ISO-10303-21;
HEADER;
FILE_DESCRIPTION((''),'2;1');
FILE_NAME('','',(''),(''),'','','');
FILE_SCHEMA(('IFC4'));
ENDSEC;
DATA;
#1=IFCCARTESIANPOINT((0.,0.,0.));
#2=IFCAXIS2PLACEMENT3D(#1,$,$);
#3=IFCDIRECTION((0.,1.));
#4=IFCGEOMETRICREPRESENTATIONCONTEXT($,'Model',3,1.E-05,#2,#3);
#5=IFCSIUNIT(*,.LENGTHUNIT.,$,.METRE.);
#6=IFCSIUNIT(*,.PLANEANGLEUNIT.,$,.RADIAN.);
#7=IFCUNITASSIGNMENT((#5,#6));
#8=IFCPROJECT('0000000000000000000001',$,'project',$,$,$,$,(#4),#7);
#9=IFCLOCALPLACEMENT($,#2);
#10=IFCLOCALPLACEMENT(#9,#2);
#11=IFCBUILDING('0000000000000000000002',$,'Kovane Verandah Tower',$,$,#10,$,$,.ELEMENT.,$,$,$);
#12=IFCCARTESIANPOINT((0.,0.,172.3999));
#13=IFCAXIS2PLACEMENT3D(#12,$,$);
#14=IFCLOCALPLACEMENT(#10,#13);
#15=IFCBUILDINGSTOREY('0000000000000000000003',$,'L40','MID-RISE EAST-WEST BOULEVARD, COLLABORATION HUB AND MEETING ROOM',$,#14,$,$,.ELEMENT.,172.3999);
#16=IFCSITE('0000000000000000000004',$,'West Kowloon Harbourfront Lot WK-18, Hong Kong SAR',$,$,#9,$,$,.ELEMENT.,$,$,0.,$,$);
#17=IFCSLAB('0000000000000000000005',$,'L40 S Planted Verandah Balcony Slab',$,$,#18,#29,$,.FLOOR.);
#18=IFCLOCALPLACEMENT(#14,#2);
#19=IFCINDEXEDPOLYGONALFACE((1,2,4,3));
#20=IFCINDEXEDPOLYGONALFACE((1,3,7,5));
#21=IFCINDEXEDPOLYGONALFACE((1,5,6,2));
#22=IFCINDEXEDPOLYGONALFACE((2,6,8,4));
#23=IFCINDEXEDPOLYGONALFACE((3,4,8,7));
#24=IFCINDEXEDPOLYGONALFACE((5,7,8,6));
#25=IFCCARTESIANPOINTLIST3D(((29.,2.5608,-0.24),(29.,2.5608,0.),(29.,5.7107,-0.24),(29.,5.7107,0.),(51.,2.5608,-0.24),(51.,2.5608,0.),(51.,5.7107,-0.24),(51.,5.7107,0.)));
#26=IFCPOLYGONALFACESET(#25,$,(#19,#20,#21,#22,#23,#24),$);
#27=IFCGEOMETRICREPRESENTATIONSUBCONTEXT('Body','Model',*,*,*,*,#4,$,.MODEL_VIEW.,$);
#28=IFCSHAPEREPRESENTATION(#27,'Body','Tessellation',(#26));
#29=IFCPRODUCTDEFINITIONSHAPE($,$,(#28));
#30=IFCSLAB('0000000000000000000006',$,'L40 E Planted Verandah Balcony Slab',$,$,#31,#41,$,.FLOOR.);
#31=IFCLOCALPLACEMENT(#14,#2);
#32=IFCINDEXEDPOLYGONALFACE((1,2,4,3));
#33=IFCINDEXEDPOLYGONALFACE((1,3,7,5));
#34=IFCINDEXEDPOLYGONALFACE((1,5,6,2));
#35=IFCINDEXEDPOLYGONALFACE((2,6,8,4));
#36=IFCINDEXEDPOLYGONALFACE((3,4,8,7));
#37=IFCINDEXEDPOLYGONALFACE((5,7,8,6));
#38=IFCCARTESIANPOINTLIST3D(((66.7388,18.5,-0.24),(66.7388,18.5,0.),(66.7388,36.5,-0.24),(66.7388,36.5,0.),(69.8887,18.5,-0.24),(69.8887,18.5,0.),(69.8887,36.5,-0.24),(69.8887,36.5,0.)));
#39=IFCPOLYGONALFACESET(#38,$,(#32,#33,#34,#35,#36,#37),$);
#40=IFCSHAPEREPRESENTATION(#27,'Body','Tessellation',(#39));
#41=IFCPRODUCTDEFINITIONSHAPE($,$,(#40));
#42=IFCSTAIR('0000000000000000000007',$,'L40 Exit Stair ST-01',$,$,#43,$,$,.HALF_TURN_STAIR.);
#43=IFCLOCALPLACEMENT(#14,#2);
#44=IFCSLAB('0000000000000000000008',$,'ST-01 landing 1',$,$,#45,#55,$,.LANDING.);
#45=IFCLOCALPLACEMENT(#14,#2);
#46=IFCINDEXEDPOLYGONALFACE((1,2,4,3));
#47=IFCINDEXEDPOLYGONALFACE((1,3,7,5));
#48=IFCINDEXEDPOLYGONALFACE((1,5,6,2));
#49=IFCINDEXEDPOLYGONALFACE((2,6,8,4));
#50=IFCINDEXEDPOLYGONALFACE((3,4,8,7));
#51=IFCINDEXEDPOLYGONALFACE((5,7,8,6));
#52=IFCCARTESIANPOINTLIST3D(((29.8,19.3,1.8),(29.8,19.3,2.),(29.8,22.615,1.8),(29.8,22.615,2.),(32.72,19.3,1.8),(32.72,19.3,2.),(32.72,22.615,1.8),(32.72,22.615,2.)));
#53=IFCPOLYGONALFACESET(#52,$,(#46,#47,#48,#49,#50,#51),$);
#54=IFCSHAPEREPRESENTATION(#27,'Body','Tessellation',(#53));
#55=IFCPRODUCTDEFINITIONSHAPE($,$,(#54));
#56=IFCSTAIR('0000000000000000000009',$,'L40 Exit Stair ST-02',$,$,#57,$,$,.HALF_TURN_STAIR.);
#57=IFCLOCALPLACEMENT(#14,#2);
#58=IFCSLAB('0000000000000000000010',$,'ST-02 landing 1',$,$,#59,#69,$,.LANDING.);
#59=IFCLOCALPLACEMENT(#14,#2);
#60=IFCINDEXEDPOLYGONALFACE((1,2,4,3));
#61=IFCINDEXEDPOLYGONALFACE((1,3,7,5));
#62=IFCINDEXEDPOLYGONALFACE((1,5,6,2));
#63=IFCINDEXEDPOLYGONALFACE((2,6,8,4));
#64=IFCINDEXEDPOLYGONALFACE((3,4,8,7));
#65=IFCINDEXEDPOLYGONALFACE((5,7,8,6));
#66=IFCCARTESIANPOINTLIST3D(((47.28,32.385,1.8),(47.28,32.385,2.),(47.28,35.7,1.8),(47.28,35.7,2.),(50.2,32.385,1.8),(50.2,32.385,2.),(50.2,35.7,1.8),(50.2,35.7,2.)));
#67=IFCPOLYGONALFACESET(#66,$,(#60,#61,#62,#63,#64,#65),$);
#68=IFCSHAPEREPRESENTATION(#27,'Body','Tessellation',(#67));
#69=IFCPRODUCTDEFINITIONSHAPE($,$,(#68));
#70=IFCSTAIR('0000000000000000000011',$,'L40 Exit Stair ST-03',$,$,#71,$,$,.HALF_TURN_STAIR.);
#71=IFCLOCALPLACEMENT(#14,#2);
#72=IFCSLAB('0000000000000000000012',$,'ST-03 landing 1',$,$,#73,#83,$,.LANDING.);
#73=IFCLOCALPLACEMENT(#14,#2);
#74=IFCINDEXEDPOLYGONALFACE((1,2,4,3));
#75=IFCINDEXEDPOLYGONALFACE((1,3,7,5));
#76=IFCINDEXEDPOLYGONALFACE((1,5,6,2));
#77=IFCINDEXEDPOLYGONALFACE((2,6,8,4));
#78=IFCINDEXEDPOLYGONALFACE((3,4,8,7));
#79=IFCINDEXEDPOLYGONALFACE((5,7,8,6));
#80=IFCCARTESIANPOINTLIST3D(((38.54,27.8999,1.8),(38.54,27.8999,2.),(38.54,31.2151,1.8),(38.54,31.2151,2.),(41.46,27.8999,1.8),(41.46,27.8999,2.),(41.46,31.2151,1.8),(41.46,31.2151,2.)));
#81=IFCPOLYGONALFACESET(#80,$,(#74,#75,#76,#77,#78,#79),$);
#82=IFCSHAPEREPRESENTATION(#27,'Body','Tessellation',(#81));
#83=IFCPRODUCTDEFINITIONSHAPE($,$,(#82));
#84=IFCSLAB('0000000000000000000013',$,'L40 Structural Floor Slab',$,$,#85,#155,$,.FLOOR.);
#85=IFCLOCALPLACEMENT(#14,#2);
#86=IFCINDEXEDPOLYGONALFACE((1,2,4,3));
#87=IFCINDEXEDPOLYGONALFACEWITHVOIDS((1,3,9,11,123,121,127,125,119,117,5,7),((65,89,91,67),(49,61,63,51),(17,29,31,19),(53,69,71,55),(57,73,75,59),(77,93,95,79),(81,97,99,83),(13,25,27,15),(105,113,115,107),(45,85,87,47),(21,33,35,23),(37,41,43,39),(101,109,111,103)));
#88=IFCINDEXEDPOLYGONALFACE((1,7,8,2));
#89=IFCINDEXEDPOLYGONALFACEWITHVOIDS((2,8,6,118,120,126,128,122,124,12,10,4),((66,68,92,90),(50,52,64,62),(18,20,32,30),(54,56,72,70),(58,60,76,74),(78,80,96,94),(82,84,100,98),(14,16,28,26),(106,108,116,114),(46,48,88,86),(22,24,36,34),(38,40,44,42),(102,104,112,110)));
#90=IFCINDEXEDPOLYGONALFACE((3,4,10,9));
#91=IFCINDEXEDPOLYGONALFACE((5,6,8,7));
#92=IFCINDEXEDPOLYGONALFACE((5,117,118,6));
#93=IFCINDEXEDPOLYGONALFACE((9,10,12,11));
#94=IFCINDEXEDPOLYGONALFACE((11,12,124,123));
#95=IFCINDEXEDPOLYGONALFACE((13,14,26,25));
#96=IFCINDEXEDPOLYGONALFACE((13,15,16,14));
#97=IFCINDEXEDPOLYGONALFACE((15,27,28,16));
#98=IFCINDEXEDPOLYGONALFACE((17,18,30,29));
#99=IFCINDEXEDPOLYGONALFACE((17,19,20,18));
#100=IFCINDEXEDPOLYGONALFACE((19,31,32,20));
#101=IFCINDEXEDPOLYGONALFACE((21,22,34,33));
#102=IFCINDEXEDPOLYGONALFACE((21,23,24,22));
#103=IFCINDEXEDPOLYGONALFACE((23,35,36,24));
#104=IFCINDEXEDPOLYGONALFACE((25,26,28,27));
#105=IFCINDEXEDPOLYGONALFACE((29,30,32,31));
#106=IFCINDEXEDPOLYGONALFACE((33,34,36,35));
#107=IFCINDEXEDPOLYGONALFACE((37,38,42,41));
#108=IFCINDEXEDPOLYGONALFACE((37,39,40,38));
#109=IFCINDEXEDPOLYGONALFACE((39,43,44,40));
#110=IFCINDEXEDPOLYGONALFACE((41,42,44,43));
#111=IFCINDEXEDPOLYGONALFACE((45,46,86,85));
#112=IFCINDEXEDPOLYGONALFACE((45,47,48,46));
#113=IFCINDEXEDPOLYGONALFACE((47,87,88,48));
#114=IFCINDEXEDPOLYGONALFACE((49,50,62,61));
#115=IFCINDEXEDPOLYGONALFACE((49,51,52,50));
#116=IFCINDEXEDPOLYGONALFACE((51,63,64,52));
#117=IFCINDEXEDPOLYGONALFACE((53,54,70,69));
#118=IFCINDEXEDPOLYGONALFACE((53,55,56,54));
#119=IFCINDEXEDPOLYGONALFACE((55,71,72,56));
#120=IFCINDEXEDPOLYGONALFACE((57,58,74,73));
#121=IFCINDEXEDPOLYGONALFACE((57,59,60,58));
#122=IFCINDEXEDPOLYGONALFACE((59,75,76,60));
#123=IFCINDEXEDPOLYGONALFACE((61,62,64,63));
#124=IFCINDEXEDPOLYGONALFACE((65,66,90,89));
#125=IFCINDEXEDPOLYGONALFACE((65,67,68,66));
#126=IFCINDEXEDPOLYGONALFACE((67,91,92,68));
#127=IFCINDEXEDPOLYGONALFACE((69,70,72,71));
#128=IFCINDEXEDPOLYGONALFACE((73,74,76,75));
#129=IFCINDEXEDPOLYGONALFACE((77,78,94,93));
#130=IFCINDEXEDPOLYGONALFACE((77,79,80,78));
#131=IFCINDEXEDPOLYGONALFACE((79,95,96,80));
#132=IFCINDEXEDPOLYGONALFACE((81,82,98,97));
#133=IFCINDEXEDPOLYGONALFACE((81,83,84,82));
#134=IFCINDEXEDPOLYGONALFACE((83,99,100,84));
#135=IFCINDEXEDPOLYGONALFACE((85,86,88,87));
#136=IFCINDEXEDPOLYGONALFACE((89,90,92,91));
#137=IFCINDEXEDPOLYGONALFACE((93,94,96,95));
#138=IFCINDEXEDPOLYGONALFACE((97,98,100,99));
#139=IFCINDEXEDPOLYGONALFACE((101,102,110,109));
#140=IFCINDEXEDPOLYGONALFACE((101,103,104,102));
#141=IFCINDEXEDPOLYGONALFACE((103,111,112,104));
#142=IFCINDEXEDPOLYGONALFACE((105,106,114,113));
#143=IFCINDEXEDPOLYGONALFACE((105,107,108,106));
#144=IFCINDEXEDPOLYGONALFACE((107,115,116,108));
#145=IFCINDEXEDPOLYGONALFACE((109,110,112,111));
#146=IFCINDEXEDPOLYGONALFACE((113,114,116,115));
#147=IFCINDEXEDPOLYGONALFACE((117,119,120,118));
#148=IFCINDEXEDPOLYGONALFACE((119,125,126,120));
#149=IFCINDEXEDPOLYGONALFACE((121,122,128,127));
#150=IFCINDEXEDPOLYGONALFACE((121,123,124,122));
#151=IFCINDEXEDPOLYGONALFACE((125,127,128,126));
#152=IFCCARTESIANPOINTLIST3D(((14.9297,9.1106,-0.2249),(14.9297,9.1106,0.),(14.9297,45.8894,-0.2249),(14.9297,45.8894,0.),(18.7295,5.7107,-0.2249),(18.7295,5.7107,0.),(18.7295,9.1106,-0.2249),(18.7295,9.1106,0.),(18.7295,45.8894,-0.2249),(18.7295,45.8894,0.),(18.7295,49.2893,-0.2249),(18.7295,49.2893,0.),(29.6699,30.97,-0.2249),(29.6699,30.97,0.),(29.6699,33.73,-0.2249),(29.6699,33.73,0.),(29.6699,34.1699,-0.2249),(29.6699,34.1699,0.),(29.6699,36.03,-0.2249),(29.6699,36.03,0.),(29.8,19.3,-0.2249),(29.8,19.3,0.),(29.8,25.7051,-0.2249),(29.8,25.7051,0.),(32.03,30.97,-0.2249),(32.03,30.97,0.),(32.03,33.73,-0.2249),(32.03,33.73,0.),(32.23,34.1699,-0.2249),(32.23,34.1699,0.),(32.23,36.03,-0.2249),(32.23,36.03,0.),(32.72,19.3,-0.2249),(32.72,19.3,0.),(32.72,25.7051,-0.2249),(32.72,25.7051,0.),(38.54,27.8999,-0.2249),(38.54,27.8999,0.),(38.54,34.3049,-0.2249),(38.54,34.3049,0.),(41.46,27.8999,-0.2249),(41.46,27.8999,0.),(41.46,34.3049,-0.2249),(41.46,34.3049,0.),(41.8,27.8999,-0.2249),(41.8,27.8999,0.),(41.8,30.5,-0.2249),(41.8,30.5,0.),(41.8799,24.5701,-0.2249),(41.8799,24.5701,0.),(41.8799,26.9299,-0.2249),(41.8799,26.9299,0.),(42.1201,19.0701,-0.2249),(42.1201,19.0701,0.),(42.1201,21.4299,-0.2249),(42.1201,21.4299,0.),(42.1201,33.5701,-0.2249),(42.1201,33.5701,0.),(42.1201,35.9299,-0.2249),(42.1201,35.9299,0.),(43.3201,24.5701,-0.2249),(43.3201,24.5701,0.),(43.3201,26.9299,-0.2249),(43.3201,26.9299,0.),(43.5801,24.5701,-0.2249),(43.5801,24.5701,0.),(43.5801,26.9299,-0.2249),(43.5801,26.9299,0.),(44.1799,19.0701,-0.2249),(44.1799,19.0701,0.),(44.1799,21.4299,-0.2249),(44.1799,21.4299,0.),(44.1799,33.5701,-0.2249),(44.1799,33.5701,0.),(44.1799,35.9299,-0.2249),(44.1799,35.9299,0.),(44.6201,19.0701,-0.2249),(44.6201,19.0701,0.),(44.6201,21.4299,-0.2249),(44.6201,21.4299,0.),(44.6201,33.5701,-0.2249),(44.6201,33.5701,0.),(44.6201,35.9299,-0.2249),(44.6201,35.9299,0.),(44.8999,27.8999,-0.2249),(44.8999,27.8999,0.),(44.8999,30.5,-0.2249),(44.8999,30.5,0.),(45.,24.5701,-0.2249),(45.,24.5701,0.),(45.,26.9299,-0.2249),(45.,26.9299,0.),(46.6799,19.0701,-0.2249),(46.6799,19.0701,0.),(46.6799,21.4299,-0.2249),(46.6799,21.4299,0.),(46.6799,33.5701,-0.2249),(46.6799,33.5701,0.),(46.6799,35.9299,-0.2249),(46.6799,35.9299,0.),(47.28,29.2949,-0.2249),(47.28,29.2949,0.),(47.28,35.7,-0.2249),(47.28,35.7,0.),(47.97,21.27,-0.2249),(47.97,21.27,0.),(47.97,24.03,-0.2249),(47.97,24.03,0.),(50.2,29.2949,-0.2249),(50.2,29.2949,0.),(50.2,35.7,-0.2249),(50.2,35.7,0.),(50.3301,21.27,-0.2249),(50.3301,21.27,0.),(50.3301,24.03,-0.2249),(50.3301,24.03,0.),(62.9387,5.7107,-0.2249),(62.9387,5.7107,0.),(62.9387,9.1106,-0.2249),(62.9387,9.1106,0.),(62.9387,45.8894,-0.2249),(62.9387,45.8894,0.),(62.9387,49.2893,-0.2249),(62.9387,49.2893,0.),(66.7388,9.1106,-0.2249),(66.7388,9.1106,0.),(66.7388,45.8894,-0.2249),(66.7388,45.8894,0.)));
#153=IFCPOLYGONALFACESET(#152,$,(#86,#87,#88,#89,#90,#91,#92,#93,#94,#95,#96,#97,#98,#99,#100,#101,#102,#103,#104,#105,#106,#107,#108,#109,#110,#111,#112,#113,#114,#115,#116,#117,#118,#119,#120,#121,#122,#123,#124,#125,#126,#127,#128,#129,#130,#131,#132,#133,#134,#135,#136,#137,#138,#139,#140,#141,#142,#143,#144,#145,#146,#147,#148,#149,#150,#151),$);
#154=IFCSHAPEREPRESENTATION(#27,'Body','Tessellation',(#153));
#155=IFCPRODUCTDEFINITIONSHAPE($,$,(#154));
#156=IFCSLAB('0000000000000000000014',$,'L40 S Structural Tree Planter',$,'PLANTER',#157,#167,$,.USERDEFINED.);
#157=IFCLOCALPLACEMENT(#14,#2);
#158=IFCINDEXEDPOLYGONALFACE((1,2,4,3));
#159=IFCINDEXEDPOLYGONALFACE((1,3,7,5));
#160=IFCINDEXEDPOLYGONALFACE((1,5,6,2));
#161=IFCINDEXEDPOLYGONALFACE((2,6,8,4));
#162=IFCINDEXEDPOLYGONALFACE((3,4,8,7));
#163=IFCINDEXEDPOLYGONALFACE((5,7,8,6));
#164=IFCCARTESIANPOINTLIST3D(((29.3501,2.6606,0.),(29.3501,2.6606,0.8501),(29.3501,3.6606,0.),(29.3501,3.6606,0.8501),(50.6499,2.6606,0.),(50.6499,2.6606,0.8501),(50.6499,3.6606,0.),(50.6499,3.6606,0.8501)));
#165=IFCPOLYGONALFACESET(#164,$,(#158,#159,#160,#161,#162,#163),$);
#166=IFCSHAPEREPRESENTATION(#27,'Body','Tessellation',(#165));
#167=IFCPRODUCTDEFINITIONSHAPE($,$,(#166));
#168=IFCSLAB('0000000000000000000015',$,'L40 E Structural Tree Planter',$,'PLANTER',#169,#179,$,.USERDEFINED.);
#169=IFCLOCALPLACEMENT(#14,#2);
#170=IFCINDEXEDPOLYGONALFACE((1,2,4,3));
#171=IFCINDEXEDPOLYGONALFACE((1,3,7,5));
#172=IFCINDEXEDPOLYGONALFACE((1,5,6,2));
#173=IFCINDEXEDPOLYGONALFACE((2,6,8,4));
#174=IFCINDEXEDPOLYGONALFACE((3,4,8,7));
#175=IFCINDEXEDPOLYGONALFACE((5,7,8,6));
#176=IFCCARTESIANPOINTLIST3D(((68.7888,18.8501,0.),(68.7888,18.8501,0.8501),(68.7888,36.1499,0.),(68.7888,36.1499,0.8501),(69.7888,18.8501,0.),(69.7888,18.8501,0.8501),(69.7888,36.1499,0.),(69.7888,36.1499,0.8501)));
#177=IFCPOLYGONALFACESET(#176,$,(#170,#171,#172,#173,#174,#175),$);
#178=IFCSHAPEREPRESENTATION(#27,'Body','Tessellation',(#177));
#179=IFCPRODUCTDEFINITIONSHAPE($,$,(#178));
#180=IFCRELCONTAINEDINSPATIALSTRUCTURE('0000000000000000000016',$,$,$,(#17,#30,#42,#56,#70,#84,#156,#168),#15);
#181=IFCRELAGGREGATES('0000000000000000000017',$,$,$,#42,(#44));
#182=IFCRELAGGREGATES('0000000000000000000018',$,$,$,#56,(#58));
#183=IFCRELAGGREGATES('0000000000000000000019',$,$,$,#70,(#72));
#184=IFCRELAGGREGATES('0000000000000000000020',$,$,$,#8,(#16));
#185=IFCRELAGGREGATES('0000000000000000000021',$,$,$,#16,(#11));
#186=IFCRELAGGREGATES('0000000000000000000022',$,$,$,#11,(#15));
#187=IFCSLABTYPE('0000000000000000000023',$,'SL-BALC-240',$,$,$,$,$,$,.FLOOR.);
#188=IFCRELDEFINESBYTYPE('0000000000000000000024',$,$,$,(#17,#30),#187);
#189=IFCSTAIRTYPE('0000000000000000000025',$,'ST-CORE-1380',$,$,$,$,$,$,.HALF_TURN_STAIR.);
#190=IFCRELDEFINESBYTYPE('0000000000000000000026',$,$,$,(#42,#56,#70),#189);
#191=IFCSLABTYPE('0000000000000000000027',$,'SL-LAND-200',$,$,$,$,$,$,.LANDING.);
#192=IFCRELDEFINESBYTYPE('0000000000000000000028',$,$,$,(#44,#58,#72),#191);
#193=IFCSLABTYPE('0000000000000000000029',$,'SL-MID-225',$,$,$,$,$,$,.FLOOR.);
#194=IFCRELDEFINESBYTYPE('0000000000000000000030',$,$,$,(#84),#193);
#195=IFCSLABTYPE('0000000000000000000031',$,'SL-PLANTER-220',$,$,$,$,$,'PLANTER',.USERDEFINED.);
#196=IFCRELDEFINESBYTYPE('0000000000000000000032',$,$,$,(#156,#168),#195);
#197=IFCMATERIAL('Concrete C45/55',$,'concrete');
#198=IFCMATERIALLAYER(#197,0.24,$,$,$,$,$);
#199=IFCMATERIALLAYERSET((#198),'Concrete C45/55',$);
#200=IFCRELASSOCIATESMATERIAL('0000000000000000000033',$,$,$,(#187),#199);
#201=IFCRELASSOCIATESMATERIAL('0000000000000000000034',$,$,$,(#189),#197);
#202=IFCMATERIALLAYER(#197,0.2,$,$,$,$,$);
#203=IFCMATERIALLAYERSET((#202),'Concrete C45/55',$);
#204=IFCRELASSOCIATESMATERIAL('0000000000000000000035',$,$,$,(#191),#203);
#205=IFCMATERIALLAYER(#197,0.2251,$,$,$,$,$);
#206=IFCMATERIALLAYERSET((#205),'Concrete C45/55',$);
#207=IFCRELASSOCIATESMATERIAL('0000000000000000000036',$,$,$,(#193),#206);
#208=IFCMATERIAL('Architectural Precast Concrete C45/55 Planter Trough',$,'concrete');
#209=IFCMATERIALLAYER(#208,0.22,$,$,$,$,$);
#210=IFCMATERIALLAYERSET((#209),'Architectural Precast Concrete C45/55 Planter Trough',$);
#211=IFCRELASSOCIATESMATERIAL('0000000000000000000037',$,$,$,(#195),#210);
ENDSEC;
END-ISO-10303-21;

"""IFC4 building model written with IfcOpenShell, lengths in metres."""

from ifc_helpers import new_model, si_unit, direction, frame, origin, place, context, subcontext, project, spatial, polyline, outline, extrude, material, layer, layer_set, type_object, element, aggregate, save


model = new_model("IFC4")

# Units and contexts
model_context = context("Model", 3, precision=1e-05, world=origin(), true_north=direction((0.0, 1.0)))
body_context = subcontext(model_context, "Body", "Model", "MODEL_VIEW")
ifc_project = project(units=[si_unit("LENGTHUNIT", "METRE"), si_unit("PLANEANGLEUNIT", "RADIAN")], contexts=[model_context])

# Site, building, storey
site_placement = place(None, origin())
site = spatial("IfcSite", under=ifc_project, at=site_placement, Name="West Kowloon Harbourfront Lot WK-18, Hong Kong SAR", CompositionType="ELEMENT", RefElevation=0.0)
building_placement = place(site_placement, origin())
building = spatial("IfcBuilding", under=site, at=building_placement, Name="Kovane Verandah Tower", CompositionType="ELEMENT")
storey_placement = place(building_placement, frame((0.0, 0.0, 172.3999)))
storey = spatial("IfcBuildingStorey", under=building, at=storey_placement, Name="L40", Description="MID-RISE EAST-WEST BOULEVARD, COLLABORATION HUB AND MEETING ROOM", CompositionType="ELEMENT", Elevation=172.3999)

# Slabs
ifc_material_1 = material(Name="Concrete C45/55", Category="concrete")
ifc_layer_1 = layer(ifc_material_1, 0.24)
ifc_layer_set_1 = layer_set([ifc_layer_1], Name="Concrete C45/55")
slab_type_1 = type_object("IfcSlabType", Name="SL-BALC-240", PredefinedType="FLOOR", material=ifc_layer_set_1)
slab_1_placement = place(storey_placement, frame((0.0, 0.0, -0.24)))
element("IfcSlab", 1, at=slab_1_placement, inside=storey, type_object=slab_type_1, Name="L40 S Planted Verandah Balcony Slab", PredefinedType="FLOOR", context=body_context, shape_type="SweptSolid", body=[
    extrude(outline(polyline([(29.0, 2.5608), (51.0, 2.5608), (51.0, 5.7107), (29.0, 5.7107), (29.0, 2.5608)])), origin(), (0.0, 0.0, 1.0), 0.24),
])
slab_2_placement = place(storey_placement, frame((0.0, 0.0, -0.24)))
element("IfcSlab", 2, at=slab_2_placement, inside=storey, type_object=slab_type_1, Name="L40 E Planted Verandah Balcony Slab", PredefinedType="FLOOR", context=body_context, shape_type="SweptSolid", body=[
    extrude(outline(polyline([(66.7388, 18.5), (69.8887, 18.5), (69.8887, 36.5), (66.7388, 36.5), (66.7388, 18.5)])), origin(), (0.0, 0.0, 1.0), 0.24),
])

# Stairs, slabs
stair_type = type_object("IfcStairType", Name="ST-CORE-1380", PredefinedType="HALF_TURN_STAIR", material=ifc_material_1)
stair_1_placement = place(storey_placement, origin())
stair_1 = element("IfcStair", 3, at=stair_1_placement, inside=storey, type_object=stair_type, Name="L40 Exit Stair ST-01", PredefinedType="HALF_TURN_STAIR")
ifc_layer_2 = layer(ifc_material_1, 0.2)
ifc_layer_set_2 = layer_set([ifc_layer_2], Name="Concrete C45/55")
slab_type_2 = type_object("IfcSlabType", Name="SL-LAND-200", PredefinedType="LANDING", material=ifc_layer_set_2)
slab_3_placement = place(storey_placement, frame((0.0, 0.0, 1.8)))
slab_3 = element("IfcSlab", 4, at=slab_3_placement, type_object=slab_type_2, Name="ST-01 landing 1", PredefinedType="LANDING", context=body_context, shape_type="SweptSolid", body=[
    extrude(outline(polyline([(29.8, 22.615), (29.8, 19.3), (32.72, 19.3), (32.72, 22.615), (29.8, 22.615)])), origin(), (0.0, 0.0, 1.0), 0.2),
])
aggregate(stair_1, [slab_3])
stair_2_placement = place(storey_placement, origin())
stair_2 = element("IfcStair", 5, at=stair_2_placement, inside=storey, type_object=stair_type, Name="L40 Exit Stair ST-02", PredefinedType="HALF_TURN_STAIR")
slab_4_placement = place(storey_placement, frame((0.0, 0.0, 1.8)))
slab_4 = element("IfcSlab", 6, at=slab_4_placement, type_object=slab_type_2, Name="ST-02 landing 1", PredefinedType="LANDING", context=body_context, shape_type="SweptSolid", body=[
    extrude(outline(polyline([(50.2, 32.385), (50.2, 35.7), (47.28, 35.7), (47.28, 32.385), (50.2, 32.385)])), origin(), (0.0, 0.0, 1.0), 0.2),
])
aggregate(stair_2, [slab_4])
stair_3_placement = place(storey_placement, origin())
stair_3 = element("IfcStair", 7, at=stair_3_placement, inside=storey, type_object=stair_type, Name="L40 Exit Stair ST-03", PredefinedType="HALF_TURN_STAIR")
slab_5_placement = place(storey_placement, frame((0.0, 0.0, 1.8)))
slab_5 = element("IfcSlab", 8, at=slab_5_placement, type_object=slab_type_2, Name="ST-03 landing 1", PredefinedType="LANDING", context=body_context, shape_type="SweptSolid", body=[
    extrude(outline(polyline([(38.54, 31.2151), (38.54, 27.8999), (41.46, 27.8999), (41.46, 31.2151), (38.54, 31.2151)])), origin(), (0.0, 0.0, 1.0), 0.2),
])
aggregate(stair_3, [slab_5])

# Slabs
ifc_layer_3 = layer(ifc_material_1, 0.2251)
ifc_layer_set_3 = layer_set([ifc_layer_3], Name="Concrete C45/55")
slab_type_3 = type_object("IfcSlabType", Name="SL-MID-225", PredefinedType="FLOOR", material=ifc_layer_set_3)
slab_6_placement = place(storey_placement, frame((0.0, 0.0, -0.2249)))
element("IfcSlab", 9, at=slab_6_placement, inside=storey, type_object=slab_type_3, Name="L40 Structural Floor Slab", PredefinedType="FLOOR", context=body_context, shape_type="SweptSolid", body=[
    extrude(outline(polyline([(18.7295, 5.7107), (62.9387, 5.7107), (62.9387, 9.1106), (66.7388, 9.1106), (66.7388, 45.8894), (62.9387, 45.8894), (62.9387, 49.2893), (18.7295, 49.2893), (18.7295, 45.8894), (14.9297, 45.8894), (14.9297, 9.1106), (18.7295, 9.1106), (18.7295, 5.7107)]), holes=[polyline([(29.8, 19.3), (32.72, 19.3), (32.72, 25.7051), (29.8, 25.7051), (29.8, 19.3)]), polyline([(47.28, 29.2949), (50.2, 29.2949), (50.2, 35.7), (47.28, 35.7), (47.28, 29.2949)]), polyline([(38.54, 27.8999), (41.46, 27.8999), (41.46, 34.3049), (38.54, 34.3049), (38.54, 27.8999)]), polyline([(29.6699, 30.97), (32.03, 30.97), (32.03, 33.73), (29.6699, 33.73), (29.6699, 30.97)]), polyline([(47.97, 21.27), (50.3301, 21.27), (50.3301, 24.03), (47.97, 24.03), (47.97, 21.27)]), polyline([(29.6699, 34.1699), (32.23, 34.1699), (32.23, 36.03), (29.6699, 36.03), (29.6699, 34.1699)]), polyline([(42.1201, 19.0701), (44.1799, 19.0701), (44.1799, 21.4299), (42.1201, 21.4299), (42.1201, 19.0701)]), polyline([(44.6201, 19.0701), (46.6799, 19.0701), (46.6799, 21.4299), (44.6201, 21.4299), (44.6201, 19.0701)]), polyline([(41.8799, 24.5701), (43.3201, 24.5701), (43.3201, 26.9299), (41.8799, 26.9299), (41.8799, 24.5701)]), polyline([(43.5801, 24.5701), (45.0, 24.5701), (45.0, 26.9299), (43.5801, 26.9299), (43.5801, 24.5701)]), polyline([(42.1201, 33.5701), (44.1799, 33.5701), (44.1799, 35.9299), (42.1201, 35.9299), (42.1201, 33.5701)]), polyline([(44.6201, 33.5701), (46.6799, 33.5701), (46.6799, 35.9299), (44.6201, 35.9299), (44.6201, 33.5701)]), polyline([(41.8, 27.8999), (44.8999, 27.8999), (44.8999, 30.5), (41.8, 30.5), (41.8, 27.8999)])]), origin(), (0.0, 0.0, 1.0), 0.2249),
])
ifc_material_2 = material(Name="Architectural Precast Concrete C45/55 Planter Trough", Category="concrete")
ifc_layer_4 = layer(ifc_material_2, 0.22)
ifc_layer_set_4 = layer_set([ifc_layer_4], Name="Architectural Precast Concrete C45/55 Planter Trough")
slab_type_4 = type_object("IfcSlabType", Name="SL-PLANTER-220", ElementType="PLANTER", PredefinedType="USERDEFINED", material=ifc_layer_set_4)
slab_7_placement = place(storey_placement, origin())
element("IfcSlab", 10, at=slab_7_placement, inside=storey, type_object=slab_type_4, Name="L40 S Structural Tree Planter", ObjectType="PLANTER", PredefinedType="USERDEFINED", context=body_context, shape_type="SweptSolid", body=[
    extrude(outline(polyline([(29.3501, 2.6606), (50.6499, 2.6606), (50.6499, 3.6606), (29.3501, 3.6606), (29.3501, 2.6606)])), origin(), (0.0, 0.0, 1.0), 0.8501),
])
slab_8_placement = place(storey_placement, origin())
element("IfcSlab", 11, at=slab_8_placement, inside=storey, type_object=slab_type_4, Name="L40 E Structural Tree Planter", ObjectType="PLANTER", PredefinedType="USERDEFINED", context=body_context, shape_type="SweptSolid", body=[
    extrude(outline(polyline([(68.7888, 18.8501), (69.7888, 18.8501), (69.7888, 36.1499), (68.7888, 36.1499), (68.7888, 18.8501)])), origin(), (0.0, 0.0, 1.0), 0.8501),
])

save(model, "model.ifc")
